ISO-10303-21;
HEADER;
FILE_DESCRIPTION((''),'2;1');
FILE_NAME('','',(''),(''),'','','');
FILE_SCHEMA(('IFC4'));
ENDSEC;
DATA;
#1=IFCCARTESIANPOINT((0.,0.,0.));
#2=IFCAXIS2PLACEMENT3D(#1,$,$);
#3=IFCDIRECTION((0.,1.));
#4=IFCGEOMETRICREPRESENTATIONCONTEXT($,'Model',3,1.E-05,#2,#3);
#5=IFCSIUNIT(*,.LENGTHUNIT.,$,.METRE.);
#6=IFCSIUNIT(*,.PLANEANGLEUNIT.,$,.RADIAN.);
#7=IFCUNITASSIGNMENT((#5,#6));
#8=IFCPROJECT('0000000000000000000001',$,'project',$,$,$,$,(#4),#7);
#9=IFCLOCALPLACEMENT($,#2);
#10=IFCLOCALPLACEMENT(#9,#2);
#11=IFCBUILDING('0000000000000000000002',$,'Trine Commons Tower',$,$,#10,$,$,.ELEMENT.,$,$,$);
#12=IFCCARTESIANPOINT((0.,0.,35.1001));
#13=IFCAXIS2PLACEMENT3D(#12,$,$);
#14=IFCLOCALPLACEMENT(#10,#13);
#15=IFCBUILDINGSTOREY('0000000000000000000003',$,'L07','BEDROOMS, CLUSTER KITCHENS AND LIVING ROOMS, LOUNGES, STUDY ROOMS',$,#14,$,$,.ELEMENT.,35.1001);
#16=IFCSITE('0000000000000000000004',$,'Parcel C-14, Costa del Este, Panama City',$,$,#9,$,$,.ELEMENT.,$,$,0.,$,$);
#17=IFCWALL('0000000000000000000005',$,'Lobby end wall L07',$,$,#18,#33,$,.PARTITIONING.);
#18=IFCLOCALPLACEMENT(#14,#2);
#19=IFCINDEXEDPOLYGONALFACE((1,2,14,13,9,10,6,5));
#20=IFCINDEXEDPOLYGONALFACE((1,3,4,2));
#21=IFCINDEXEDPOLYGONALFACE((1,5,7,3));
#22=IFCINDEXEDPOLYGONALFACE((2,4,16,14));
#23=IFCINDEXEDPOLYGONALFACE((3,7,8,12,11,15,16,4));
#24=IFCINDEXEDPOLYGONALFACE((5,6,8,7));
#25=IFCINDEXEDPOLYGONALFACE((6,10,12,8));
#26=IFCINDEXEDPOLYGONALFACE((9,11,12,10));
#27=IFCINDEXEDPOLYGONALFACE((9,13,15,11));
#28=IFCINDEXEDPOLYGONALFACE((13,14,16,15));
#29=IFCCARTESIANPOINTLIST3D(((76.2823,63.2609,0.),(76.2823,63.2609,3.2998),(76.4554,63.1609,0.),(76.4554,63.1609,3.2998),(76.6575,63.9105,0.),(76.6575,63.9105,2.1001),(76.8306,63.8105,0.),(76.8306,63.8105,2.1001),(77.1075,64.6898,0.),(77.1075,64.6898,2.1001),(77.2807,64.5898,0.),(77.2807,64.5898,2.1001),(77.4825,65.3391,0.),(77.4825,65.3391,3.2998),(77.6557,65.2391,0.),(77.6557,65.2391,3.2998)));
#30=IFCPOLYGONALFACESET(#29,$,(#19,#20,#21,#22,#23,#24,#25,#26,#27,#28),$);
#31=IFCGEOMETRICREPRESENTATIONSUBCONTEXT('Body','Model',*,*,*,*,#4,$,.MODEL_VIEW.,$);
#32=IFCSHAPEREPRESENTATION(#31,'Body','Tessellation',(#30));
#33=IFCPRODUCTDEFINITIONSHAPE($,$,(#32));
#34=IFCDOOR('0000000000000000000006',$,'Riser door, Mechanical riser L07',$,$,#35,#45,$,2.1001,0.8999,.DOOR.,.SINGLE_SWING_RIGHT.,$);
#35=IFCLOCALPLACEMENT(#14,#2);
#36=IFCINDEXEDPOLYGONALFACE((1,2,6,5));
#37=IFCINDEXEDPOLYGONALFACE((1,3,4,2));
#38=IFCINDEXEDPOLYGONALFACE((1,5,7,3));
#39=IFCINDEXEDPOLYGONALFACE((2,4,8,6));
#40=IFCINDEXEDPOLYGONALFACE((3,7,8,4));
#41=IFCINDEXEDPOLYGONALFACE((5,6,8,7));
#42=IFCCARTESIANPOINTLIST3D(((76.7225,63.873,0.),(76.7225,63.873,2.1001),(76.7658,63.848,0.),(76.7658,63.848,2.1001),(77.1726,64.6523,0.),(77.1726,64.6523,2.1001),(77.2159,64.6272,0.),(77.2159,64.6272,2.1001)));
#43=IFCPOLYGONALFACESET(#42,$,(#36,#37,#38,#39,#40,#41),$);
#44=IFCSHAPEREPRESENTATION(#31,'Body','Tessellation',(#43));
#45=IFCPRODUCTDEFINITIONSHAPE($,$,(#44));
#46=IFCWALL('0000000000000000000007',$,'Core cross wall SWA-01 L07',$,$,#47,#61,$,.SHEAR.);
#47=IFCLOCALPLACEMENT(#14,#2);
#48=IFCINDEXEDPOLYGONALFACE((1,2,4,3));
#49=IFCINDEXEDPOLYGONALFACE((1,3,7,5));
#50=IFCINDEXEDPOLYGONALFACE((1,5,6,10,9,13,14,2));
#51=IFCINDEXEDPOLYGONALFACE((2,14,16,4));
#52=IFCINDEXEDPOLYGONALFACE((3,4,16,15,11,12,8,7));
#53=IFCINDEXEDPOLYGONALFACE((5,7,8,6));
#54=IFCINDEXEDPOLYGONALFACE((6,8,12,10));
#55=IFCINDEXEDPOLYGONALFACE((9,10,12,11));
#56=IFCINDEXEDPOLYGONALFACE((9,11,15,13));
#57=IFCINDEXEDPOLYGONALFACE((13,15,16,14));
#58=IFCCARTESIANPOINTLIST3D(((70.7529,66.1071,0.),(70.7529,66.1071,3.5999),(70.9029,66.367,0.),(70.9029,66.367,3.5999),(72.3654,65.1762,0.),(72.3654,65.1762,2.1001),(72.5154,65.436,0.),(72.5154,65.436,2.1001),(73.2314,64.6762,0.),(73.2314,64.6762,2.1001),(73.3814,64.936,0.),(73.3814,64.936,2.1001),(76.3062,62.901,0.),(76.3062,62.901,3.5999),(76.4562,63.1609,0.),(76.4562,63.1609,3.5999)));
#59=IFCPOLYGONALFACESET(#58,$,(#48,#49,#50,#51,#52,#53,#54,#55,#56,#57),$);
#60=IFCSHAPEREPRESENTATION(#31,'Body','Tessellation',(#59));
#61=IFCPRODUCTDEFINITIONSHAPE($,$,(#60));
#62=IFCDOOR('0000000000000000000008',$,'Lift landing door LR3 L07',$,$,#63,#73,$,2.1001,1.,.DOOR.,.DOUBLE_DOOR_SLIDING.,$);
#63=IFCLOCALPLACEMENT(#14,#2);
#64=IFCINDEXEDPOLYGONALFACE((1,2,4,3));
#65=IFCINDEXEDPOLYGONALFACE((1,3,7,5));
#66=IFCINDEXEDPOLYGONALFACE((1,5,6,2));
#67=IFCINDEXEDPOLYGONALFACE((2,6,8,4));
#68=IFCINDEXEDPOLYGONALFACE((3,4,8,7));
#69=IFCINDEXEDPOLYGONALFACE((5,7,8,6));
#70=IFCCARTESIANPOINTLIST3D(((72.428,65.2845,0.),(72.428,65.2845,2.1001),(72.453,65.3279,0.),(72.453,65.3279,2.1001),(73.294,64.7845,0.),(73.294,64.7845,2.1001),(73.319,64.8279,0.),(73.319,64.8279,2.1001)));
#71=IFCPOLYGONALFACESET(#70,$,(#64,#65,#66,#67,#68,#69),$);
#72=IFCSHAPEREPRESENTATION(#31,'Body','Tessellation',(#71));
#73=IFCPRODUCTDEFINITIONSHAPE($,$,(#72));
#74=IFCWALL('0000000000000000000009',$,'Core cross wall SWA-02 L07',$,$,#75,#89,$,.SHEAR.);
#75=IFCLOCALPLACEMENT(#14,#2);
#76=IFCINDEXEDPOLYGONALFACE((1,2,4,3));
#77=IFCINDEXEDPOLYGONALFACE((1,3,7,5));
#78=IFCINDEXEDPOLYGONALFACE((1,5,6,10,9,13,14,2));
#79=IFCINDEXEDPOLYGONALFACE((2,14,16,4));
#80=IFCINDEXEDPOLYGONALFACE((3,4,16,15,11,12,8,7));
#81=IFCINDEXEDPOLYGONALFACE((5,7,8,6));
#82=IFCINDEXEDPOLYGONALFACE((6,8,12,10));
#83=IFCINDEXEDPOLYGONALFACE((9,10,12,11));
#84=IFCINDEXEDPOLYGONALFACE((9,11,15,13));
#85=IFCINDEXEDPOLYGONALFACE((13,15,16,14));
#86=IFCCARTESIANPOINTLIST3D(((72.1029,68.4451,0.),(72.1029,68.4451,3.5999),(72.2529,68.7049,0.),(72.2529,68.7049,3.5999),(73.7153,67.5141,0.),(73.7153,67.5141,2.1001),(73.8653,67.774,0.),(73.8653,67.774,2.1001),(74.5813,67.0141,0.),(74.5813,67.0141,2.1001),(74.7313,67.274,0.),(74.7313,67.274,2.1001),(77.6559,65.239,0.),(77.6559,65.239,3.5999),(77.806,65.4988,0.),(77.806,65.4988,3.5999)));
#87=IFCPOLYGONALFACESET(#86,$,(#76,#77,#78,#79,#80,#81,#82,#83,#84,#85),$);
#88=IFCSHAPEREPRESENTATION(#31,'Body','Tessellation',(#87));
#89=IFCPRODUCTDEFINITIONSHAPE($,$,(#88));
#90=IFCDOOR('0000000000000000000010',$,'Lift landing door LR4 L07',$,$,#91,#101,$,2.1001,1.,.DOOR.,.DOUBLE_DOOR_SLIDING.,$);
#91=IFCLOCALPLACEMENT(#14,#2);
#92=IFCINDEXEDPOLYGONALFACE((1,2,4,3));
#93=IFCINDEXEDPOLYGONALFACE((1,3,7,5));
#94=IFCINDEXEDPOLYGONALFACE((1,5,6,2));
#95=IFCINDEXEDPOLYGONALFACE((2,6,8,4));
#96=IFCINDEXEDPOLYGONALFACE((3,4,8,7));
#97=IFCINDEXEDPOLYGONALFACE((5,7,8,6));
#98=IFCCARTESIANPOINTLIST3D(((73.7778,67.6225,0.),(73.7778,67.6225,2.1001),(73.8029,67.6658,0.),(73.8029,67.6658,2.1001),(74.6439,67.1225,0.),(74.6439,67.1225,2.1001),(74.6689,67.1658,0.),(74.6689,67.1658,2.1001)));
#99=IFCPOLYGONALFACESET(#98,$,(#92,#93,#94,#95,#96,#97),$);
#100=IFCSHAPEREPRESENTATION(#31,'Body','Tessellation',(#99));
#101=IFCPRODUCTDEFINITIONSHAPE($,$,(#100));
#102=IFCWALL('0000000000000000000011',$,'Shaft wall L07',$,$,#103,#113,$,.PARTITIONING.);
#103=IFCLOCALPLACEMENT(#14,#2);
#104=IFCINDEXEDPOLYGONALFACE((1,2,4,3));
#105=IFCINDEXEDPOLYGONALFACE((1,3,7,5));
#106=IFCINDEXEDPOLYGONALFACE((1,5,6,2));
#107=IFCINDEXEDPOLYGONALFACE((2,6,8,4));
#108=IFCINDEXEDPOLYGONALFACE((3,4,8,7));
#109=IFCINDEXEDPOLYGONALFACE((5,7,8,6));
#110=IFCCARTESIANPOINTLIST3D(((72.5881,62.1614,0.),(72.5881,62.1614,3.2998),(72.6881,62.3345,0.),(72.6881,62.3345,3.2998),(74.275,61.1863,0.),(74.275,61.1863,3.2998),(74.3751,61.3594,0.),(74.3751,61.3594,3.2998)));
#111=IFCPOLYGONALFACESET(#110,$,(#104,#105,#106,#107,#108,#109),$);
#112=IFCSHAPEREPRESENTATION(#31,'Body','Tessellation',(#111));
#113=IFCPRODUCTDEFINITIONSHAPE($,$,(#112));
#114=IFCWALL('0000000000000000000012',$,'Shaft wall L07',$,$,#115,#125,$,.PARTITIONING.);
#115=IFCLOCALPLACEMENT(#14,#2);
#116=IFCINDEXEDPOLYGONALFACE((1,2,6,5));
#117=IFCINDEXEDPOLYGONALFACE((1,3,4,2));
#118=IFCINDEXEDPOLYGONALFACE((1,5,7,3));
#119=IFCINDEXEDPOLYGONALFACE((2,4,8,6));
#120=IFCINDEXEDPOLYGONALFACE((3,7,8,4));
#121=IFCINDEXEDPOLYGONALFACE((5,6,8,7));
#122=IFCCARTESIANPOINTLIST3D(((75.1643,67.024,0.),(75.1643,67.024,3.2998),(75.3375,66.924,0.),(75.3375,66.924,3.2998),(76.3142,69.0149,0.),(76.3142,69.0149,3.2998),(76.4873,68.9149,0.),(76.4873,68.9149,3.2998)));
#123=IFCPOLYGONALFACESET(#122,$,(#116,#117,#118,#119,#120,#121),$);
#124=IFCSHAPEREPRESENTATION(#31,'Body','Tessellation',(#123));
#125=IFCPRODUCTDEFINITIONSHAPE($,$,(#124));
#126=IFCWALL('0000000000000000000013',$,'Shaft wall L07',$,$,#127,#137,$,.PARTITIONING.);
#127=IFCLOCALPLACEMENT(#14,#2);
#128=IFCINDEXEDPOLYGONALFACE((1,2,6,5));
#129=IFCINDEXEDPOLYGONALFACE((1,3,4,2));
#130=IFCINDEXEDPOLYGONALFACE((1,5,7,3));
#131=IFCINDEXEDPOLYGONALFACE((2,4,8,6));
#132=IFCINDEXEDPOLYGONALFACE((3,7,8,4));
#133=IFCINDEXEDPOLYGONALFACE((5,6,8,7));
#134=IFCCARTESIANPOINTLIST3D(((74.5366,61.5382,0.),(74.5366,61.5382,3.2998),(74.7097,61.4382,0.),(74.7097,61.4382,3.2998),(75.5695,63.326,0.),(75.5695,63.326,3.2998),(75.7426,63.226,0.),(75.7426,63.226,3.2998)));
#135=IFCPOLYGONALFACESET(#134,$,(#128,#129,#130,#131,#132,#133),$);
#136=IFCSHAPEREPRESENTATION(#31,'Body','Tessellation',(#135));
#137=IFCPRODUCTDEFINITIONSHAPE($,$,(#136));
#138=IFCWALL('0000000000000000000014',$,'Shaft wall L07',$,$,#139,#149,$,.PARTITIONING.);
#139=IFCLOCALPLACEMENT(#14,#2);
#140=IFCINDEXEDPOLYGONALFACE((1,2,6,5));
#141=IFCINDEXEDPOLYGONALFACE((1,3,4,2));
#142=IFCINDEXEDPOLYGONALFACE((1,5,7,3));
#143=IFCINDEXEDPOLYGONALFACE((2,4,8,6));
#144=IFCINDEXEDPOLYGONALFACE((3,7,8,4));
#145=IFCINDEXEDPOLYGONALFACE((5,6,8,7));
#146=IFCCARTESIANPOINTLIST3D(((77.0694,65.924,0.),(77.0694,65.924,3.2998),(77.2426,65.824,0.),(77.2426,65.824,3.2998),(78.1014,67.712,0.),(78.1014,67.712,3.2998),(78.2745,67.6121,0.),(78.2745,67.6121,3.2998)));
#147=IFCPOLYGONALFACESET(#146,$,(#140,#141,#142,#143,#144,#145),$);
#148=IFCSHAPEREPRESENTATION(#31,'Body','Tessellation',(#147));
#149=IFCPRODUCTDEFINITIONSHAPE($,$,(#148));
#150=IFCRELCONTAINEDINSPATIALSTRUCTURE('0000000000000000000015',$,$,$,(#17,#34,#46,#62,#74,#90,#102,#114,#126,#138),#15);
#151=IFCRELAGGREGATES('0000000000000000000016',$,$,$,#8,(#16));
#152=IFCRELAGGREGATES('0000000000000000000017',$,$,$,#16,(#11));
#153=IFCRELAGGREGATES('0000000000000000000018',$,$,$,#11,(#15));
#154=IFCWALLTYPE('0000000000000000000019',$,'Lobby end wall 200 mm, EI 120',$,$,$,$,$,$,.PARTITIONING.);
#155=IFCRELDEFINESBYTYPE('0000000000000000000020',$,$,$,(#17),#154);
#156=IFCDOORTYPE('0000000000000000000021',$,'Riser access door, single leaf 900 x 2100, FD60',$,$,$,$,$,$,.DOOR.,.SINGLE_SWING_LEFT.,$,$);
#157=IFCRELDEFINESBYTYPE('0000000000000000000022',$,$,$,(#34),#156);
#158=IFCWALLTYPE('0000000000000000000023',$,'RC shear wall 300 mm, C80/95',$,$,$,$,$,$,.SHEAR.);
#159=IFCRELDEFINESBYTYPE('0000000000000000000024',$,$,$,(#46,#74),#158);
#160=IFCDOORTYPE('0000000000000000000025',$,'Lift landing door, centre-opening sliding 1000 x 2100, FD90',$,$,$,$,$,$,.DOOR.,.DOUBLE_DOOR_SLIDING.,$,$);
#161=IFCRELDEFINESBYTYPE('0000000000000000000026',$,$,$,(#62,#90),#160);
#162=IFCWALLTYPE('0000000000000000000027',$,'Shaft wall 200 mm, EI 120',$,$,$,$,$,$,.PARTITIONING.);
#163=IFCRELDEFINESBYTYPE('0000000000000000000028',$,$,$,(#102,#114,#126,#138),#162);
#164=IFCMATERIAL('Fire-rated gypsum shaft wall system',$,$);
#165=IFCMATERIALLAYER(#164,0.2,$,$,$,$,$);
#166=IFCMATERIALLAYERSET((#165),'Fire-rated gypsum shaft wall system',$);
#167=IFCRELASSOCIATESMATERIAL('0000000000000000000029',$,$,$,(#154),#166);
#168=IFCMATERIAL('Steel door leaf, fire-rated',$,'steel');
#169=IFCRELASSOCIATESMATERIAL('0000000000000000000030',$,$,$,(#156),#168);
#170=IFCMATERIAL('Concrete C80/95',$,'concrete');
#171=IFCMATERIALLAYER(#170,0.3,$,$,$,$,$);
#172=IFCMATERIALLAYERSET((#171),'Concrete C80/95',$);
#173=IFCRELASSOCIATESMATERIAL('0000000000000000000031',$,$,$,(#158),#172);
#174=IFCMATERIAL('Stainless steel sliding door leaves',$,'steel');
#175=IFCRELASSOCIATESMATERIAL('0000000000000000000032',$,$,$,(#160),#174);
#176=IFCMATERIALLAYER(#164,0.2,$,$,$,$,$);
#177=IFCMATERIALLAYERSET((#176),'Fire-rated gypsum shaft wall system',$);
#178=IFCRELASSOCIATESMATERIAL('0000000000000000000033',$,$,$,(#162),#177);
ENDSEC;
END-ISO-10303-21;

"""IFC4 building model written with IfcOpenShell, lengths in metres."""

from ifc_helpers import new_model, si_unit, direction, frame, frame_2d, origin, place, context, subcontext, project, spatial, rectangle, extrude, material, layer, layer_set, type_object, element, fill, save


model = new_model("IFC4")

# Units and contexts
model_context = context("Model", 3, precision=1e-05, world=origin(), true_north=direction((0.0, 1.0)))
body_context = subcontext(model_context, "Body", "Model", "MODEL_VIEW")
ifc_project = project(units=[si_unit("LENGTHUNIT", "METRE"), si_unit("PLANEANGLEUNIT", "RADIAN")], contexts=[model_context])

# Site, building, storey
site_placement = place(None, origin())
site = spatial("IfcSite", under=ifc_project, at=site_placement, Name="Parcel C-14, Costa del Este, Panama City", CompositionType="ELEMENT", RefElevation=0.0)
building_placement = place(site_placement, origin())
building = spatial("IfcBuilding", under=site, at=building_placement, Name="Trine Commons Tower", CompositionType="ELEMENT")
storey_placement = place(building_placement, frame((0.0, 0.0, 35.1001)))
storey = spatial("IfcBuildingStorey", under=building, at=storey_placement, Name="L07", Description="BEDROOMS, CLUSTER KITCHENS AND LIVING ROOMS, LOUNGES, STUDY ROOMS", CompositionType="ELEMENT", Elevation=35.1001)

# Walls, openings, doors
ifc_material_1 = material(Name="Fire-rated gypsum shaft wall system")
ifc_layer_1 = layer(ifc_material_1, 0.2)
ifc_layer_set_1 = layer_set([ifc_layer_1], Name="Fire-rated gypsum shaft wall system")
wall_type_1 = type_object("IfcWallType", Name="Lobby end wall 200 mm, EI 120", PredefinedType="PARTITIONING", material=ifc_layer_set_1)
wall_1_placement = place(storey_placement, frame((77.5691, 65.2891, 0.0), z_axis=(0.0, 0.0, 1.0), x_axis=(-0.500122, -0.865955, 0.0)))
wall_1 = element("IfcWall", 1, at=wall_1_placement, inside=storey, type_object=wall_type_1, Name="Lobby end wall L07", PredefinedType="PARTITIONING", context=body_context, shape_type="SweptSolid", body=[
    extrude(rectangle(XDim=2.3999, YDim=0.2, at=frame_2d((1.2, 0.0))), origin(), (0.0, 0.0, 1.0), 3.2998),
])
opening_1_placement = place(wall_1_placement, frame((0.7498, 0.0, 0.0)))
opening_1 = element("IfcOpeningElement", 2, at=opening_1_placement, cuts=wall_1, PredefinedType="OPENING", context=body_context, shape_type="SweptSolid", body=[
    extrude(rectangle(XDim=0.8999, YDim=2.1001, at=frame_2d((0.45, 1.05))), frame((0.0, 0.1099, 0.0), z_axis=(0.0, -1.0, 0.0), x_axis=(1.0, 0.0, 0.0)), (0.0, 0.0, 1.0), 0.22),
])
ifc_material_2 = material(Name="Steel door leaf, fire-rated", Category="steel")
door_type_1 = type_object("IfcDoorType", Name="Riser access door, single leaf 900 x 2100, FD60", OperationType="SINGLE_SWING_LEFT", PredefinedType="DOOR", material=ifc_material_2)
door_1_placement = place(opening_1_placement, frame((0.8999, 0.0, 0.0), z_axis=(0.0, 0.0, 1.0), x_axis=(-1.0, 0.0, 0.0)))
door_1 = element("IfcDoor", 3, at=door_1_placement, inside=storey, type_object=door_type_1, Name="Riser door, Mechanical riser L07", OperationType="SINGLE_SWING_RIGHT", OverallHeight=2.1001, OverallWidth=0.8999, PredefinedType="DOOR", context=body_context, shape_type="SweptSolid", body=[
    extrude(rectangle(XDim=0.8999, YDim=2.1001, at=frame_2d((0.45, 1.05))), frame((0.0, 0.0249, 0.0), z_axis=(0.0, -1.0, 0.0), x_axis=(1.0, 0.0, 0.0)), (0.0, 0.0, 1.0), 0.05),
])
fill(opening_1, door_1)
ifc_material_3 = material(Name="Concrete C80/95", Category="concrete")
ifc_layer_2 = layer(ifc_material_3, 0.3)
ifc_layer_set_2 = layer_set([ifc_layer_2], Name="Concrete C80/95")
wall_type_2 = type_object("IfcWallType", Name="RC shear wall 300 mm, C80/95", PredefinedType="SHEAR", material=ifc_layer_set_2)
wall_2_placement = place(storey_placement, frame((76.3811, 63.031, 0.0), z_axis=(0.0, 0.0, 1.0), x_axis=(-0.866032, 0.499988, 0.0)))
wall_2 = element("IfcWall", 4, at=wall_2_placement, inside=storey, type_object=wall_type_2, Name="Core cross wall SWA-01 L07", PredefinedType="SHEAR", context=body_context, shape_type="SweptSolid", body=[
    extrude(rectangle(XDim=6.4124, YDim=0.3, at=frame_2d((3.2061, 0.0))), origin(), (0.0, 0.0, 1.0), 3.5999),
])
opening_2_placement = place(wall_2_placement, frame((3.5503, 0.0, 0.0)))
opening_2 = element("IfcOpeningElement", 5, at=opening_2_placement, cuts=wall_2, PredefinedType="OPENING", context=body_context, shape_type="SweptSolid", body=[
    extrude(rectangle(XDim=1.0, YDim=2.1001, at=frame_2d((0.5, 1.05))), frame((0.0, 0.1599, 0.0), z_axis=(0.0, -1.0, 0.0), x_axis=(1.0, 0.0, 0.0)), (0.0, 0.0, 1.0), 0.3201),
])
ifc_material_4 = material(Name="Stainless steel sliding door leaves", Category="steel")
door_type_2 = type_object("IfcDoorType", Name="Lift landing door, centre-opening sliding 1000 x 2100, FD90", OperationType="DOUBLE_DOOR_SLIDING", PredefinedType="DOOR", material=ifc_material_4)
door_2_placement = place(opening_2_placement, origin())
door_2 = element("IfcDoor", 6, at=door_2_placement, inside=storey, type_object=door_type_2, Name="Lift landing door LR3 L07", OperationType="DOUBLE_DOOR_SLIDING", OverallHeight=2.1001, OverallWidth=1.0, PredefinedType="DOOR", context=body_context, shape_type="SweptSolid", body=[
    extrude(rectangle(XDim=1.0, YDim=2.1001, at=frame_2d((0.5, 1.05))), frame((0.0, 0.0249, 0.0), z_axis=(0.0, -1.0, 0.0), x_axis=(1.0, 0.0, 0.0)), (0.0, 0.0, 1.0), 0.05),
])
fill(opening_2, door_2)
wall_3_placement = place(storey_placement, frame((77.731, 65.3689, 0.0), z_axis=(0.0, 0.0, 1.0), x_axis=(-0.866023, 0.500005, 0.0)))
wall_3 = element("IfcWall", 7, at=wall_3_placement, inside=storey, type_object=wall_type_2, Name="Core cross wall SWA-02 L07", PredefinedType="SHEAR", context=body_context, shape_type="SweptSolid", body=[
    extrude(rectangle(XDim=6.4121, YDim=0.3, at=frame_2d((3.2061, 0.0))), origin(), (0.0, 0.0, 1.0), 3.5999),
])
opening_3_placement = place(wall_3_placement, frame((3.5503, 0.0, 0.0)))
opening_3 = element("IfcOpeningElement", 8, at=opening_3_placement, cuts=wall_3, PredefinedType="OPENING", context=body_context, shape_type="SweptSolid", body=[
    extrude(rectangle(XDim=1.0, YDim=2.1001, at=frame_2d((0.5, 1.05))), frame((0.0, 0.1599, 0.0), z_axis=(0.0, -1.0, 0.0), x_axis=(1.0, 0.0, 0.0)), (0.0, 0.0, 1.0), 0.3201),
])
door_3_placement = place(opening_3_placement, origin())
door_3 = element("IfcDoor", 9, at=door_3_placement, inside=storey, type_object=door_type_2, Name="Lift landing door LR4 L07", OperationType="DOUBLE_DOOR_SLIDING", OverallHeight=2.1001, OverallWidth=1.0, PredefinedType="DOOR", context=body_context, shape_type="SweptSolid", body=[
    extrude(rectangle(XDim=1.0, YDim=2.1001, at=frame_2d((0.5, 1.05))), frame((0.0, 0.0249, 0.0), z_axis=(0.0, -1.0, 0.0), x_axis=(1.0, 0.0, 0.0)), (0.0, 0.0, 1.0), 0.05),
])
fill(opening_3, door_3)

# Walls
ifc_layer_3 = layer(ifc_material_1, 0.2)
ifc_layer_set_3 = layer_set([ifc_layer_3], Name="Fire-rated gypsum shaft wall system")
wall_type_3 = type_object("IfcWallType", Name="Shaft wall 200 mm, EI 120", PredefinedType="PARTITIONING", material=ifc_layer_set_3)
wall_4_placement = place(storey_placement, frame((74.325, 61.2729, 0.0), z_axis=(0.0, 0.0, 1.0), x_axis=(-0.865781, 0.500424, 0.0)))
element("IfcWall", 10, at=wall_4_placement, inside=storey, type_object=wall_type_3, Name="Shaft wall L07", PredefinedType="PARTITIONING", context=body_context, shape_type="SweptSolid", body=[
    extrude(rectangle(XDim=1.9485, YDim=0.2, at=frame_2d((0.9741, 0.0))), origin(), (0.0, 0.0, 1.0), 3.2998),
])
wall_5_placement = place(storey_placement, frame((75.251, 66.9741, 0.0), z_axis=(0.0, 0.0, 1.0), x_axis=(0.500136, 0.865947, 0.0)))
element("IfcWall", 11, at=wall_5_placement, inside=storey, type_object=wall_type_3, Name="Shaft wall L07", PredefinedType="PARTITIONING", context=body_context, shape_type="SweptSolid", body=[
    extrude(rectangle(XDim=2.2991, YDim=0.2, at=frame_2d((1.1494, 0.0))), origin(), (0.0, 0.0, 1.0), 3.2998),
])
wall_6_placement = place(storey_placement, frame((75.656, 63.2759, 0.0), z_axis=(0.0, 0.0, 1.0), x_axis=(-0.500272, -0.865868, 0.0)))
element("IfcWall", 12, at=wall_6_placement, inside=storey, type_object=wall_type_3, Name="Shaft wall L07", PredefinedType="PARTITIONING", context=body_context, shape_type="SweptSolid", body=[
    extrude(rectangle(XDim=2.0647, YDim=0.2, at=frame_2d((1.0322, 0.0))), origin(), (0.0, 0.0, 1.0), 3.2998),
])
wall_7_placement = place(storey_placement, frame((77.156, 65.874, 0.0), z_axis=(0.0, 0.0, 1.0), x_axis=(0.499866, 0.866103, 0.0)))
element("IfcWall", 13, at=wall_7_placement, inside=storey, type_object=wall_type_3, Name="Shaft wall L07", PredefinedType="PARTITIONING", context=body_context, shape_type="SweptSolid", body=[
    extrude(rectangle(XDim=2.0645, YDim=0.2, at=frame_2d((1.0322, 0.0))), origin(), (0.0, 0.0, 1.0), 3.2998),
])

save(model, "model.ifc")
